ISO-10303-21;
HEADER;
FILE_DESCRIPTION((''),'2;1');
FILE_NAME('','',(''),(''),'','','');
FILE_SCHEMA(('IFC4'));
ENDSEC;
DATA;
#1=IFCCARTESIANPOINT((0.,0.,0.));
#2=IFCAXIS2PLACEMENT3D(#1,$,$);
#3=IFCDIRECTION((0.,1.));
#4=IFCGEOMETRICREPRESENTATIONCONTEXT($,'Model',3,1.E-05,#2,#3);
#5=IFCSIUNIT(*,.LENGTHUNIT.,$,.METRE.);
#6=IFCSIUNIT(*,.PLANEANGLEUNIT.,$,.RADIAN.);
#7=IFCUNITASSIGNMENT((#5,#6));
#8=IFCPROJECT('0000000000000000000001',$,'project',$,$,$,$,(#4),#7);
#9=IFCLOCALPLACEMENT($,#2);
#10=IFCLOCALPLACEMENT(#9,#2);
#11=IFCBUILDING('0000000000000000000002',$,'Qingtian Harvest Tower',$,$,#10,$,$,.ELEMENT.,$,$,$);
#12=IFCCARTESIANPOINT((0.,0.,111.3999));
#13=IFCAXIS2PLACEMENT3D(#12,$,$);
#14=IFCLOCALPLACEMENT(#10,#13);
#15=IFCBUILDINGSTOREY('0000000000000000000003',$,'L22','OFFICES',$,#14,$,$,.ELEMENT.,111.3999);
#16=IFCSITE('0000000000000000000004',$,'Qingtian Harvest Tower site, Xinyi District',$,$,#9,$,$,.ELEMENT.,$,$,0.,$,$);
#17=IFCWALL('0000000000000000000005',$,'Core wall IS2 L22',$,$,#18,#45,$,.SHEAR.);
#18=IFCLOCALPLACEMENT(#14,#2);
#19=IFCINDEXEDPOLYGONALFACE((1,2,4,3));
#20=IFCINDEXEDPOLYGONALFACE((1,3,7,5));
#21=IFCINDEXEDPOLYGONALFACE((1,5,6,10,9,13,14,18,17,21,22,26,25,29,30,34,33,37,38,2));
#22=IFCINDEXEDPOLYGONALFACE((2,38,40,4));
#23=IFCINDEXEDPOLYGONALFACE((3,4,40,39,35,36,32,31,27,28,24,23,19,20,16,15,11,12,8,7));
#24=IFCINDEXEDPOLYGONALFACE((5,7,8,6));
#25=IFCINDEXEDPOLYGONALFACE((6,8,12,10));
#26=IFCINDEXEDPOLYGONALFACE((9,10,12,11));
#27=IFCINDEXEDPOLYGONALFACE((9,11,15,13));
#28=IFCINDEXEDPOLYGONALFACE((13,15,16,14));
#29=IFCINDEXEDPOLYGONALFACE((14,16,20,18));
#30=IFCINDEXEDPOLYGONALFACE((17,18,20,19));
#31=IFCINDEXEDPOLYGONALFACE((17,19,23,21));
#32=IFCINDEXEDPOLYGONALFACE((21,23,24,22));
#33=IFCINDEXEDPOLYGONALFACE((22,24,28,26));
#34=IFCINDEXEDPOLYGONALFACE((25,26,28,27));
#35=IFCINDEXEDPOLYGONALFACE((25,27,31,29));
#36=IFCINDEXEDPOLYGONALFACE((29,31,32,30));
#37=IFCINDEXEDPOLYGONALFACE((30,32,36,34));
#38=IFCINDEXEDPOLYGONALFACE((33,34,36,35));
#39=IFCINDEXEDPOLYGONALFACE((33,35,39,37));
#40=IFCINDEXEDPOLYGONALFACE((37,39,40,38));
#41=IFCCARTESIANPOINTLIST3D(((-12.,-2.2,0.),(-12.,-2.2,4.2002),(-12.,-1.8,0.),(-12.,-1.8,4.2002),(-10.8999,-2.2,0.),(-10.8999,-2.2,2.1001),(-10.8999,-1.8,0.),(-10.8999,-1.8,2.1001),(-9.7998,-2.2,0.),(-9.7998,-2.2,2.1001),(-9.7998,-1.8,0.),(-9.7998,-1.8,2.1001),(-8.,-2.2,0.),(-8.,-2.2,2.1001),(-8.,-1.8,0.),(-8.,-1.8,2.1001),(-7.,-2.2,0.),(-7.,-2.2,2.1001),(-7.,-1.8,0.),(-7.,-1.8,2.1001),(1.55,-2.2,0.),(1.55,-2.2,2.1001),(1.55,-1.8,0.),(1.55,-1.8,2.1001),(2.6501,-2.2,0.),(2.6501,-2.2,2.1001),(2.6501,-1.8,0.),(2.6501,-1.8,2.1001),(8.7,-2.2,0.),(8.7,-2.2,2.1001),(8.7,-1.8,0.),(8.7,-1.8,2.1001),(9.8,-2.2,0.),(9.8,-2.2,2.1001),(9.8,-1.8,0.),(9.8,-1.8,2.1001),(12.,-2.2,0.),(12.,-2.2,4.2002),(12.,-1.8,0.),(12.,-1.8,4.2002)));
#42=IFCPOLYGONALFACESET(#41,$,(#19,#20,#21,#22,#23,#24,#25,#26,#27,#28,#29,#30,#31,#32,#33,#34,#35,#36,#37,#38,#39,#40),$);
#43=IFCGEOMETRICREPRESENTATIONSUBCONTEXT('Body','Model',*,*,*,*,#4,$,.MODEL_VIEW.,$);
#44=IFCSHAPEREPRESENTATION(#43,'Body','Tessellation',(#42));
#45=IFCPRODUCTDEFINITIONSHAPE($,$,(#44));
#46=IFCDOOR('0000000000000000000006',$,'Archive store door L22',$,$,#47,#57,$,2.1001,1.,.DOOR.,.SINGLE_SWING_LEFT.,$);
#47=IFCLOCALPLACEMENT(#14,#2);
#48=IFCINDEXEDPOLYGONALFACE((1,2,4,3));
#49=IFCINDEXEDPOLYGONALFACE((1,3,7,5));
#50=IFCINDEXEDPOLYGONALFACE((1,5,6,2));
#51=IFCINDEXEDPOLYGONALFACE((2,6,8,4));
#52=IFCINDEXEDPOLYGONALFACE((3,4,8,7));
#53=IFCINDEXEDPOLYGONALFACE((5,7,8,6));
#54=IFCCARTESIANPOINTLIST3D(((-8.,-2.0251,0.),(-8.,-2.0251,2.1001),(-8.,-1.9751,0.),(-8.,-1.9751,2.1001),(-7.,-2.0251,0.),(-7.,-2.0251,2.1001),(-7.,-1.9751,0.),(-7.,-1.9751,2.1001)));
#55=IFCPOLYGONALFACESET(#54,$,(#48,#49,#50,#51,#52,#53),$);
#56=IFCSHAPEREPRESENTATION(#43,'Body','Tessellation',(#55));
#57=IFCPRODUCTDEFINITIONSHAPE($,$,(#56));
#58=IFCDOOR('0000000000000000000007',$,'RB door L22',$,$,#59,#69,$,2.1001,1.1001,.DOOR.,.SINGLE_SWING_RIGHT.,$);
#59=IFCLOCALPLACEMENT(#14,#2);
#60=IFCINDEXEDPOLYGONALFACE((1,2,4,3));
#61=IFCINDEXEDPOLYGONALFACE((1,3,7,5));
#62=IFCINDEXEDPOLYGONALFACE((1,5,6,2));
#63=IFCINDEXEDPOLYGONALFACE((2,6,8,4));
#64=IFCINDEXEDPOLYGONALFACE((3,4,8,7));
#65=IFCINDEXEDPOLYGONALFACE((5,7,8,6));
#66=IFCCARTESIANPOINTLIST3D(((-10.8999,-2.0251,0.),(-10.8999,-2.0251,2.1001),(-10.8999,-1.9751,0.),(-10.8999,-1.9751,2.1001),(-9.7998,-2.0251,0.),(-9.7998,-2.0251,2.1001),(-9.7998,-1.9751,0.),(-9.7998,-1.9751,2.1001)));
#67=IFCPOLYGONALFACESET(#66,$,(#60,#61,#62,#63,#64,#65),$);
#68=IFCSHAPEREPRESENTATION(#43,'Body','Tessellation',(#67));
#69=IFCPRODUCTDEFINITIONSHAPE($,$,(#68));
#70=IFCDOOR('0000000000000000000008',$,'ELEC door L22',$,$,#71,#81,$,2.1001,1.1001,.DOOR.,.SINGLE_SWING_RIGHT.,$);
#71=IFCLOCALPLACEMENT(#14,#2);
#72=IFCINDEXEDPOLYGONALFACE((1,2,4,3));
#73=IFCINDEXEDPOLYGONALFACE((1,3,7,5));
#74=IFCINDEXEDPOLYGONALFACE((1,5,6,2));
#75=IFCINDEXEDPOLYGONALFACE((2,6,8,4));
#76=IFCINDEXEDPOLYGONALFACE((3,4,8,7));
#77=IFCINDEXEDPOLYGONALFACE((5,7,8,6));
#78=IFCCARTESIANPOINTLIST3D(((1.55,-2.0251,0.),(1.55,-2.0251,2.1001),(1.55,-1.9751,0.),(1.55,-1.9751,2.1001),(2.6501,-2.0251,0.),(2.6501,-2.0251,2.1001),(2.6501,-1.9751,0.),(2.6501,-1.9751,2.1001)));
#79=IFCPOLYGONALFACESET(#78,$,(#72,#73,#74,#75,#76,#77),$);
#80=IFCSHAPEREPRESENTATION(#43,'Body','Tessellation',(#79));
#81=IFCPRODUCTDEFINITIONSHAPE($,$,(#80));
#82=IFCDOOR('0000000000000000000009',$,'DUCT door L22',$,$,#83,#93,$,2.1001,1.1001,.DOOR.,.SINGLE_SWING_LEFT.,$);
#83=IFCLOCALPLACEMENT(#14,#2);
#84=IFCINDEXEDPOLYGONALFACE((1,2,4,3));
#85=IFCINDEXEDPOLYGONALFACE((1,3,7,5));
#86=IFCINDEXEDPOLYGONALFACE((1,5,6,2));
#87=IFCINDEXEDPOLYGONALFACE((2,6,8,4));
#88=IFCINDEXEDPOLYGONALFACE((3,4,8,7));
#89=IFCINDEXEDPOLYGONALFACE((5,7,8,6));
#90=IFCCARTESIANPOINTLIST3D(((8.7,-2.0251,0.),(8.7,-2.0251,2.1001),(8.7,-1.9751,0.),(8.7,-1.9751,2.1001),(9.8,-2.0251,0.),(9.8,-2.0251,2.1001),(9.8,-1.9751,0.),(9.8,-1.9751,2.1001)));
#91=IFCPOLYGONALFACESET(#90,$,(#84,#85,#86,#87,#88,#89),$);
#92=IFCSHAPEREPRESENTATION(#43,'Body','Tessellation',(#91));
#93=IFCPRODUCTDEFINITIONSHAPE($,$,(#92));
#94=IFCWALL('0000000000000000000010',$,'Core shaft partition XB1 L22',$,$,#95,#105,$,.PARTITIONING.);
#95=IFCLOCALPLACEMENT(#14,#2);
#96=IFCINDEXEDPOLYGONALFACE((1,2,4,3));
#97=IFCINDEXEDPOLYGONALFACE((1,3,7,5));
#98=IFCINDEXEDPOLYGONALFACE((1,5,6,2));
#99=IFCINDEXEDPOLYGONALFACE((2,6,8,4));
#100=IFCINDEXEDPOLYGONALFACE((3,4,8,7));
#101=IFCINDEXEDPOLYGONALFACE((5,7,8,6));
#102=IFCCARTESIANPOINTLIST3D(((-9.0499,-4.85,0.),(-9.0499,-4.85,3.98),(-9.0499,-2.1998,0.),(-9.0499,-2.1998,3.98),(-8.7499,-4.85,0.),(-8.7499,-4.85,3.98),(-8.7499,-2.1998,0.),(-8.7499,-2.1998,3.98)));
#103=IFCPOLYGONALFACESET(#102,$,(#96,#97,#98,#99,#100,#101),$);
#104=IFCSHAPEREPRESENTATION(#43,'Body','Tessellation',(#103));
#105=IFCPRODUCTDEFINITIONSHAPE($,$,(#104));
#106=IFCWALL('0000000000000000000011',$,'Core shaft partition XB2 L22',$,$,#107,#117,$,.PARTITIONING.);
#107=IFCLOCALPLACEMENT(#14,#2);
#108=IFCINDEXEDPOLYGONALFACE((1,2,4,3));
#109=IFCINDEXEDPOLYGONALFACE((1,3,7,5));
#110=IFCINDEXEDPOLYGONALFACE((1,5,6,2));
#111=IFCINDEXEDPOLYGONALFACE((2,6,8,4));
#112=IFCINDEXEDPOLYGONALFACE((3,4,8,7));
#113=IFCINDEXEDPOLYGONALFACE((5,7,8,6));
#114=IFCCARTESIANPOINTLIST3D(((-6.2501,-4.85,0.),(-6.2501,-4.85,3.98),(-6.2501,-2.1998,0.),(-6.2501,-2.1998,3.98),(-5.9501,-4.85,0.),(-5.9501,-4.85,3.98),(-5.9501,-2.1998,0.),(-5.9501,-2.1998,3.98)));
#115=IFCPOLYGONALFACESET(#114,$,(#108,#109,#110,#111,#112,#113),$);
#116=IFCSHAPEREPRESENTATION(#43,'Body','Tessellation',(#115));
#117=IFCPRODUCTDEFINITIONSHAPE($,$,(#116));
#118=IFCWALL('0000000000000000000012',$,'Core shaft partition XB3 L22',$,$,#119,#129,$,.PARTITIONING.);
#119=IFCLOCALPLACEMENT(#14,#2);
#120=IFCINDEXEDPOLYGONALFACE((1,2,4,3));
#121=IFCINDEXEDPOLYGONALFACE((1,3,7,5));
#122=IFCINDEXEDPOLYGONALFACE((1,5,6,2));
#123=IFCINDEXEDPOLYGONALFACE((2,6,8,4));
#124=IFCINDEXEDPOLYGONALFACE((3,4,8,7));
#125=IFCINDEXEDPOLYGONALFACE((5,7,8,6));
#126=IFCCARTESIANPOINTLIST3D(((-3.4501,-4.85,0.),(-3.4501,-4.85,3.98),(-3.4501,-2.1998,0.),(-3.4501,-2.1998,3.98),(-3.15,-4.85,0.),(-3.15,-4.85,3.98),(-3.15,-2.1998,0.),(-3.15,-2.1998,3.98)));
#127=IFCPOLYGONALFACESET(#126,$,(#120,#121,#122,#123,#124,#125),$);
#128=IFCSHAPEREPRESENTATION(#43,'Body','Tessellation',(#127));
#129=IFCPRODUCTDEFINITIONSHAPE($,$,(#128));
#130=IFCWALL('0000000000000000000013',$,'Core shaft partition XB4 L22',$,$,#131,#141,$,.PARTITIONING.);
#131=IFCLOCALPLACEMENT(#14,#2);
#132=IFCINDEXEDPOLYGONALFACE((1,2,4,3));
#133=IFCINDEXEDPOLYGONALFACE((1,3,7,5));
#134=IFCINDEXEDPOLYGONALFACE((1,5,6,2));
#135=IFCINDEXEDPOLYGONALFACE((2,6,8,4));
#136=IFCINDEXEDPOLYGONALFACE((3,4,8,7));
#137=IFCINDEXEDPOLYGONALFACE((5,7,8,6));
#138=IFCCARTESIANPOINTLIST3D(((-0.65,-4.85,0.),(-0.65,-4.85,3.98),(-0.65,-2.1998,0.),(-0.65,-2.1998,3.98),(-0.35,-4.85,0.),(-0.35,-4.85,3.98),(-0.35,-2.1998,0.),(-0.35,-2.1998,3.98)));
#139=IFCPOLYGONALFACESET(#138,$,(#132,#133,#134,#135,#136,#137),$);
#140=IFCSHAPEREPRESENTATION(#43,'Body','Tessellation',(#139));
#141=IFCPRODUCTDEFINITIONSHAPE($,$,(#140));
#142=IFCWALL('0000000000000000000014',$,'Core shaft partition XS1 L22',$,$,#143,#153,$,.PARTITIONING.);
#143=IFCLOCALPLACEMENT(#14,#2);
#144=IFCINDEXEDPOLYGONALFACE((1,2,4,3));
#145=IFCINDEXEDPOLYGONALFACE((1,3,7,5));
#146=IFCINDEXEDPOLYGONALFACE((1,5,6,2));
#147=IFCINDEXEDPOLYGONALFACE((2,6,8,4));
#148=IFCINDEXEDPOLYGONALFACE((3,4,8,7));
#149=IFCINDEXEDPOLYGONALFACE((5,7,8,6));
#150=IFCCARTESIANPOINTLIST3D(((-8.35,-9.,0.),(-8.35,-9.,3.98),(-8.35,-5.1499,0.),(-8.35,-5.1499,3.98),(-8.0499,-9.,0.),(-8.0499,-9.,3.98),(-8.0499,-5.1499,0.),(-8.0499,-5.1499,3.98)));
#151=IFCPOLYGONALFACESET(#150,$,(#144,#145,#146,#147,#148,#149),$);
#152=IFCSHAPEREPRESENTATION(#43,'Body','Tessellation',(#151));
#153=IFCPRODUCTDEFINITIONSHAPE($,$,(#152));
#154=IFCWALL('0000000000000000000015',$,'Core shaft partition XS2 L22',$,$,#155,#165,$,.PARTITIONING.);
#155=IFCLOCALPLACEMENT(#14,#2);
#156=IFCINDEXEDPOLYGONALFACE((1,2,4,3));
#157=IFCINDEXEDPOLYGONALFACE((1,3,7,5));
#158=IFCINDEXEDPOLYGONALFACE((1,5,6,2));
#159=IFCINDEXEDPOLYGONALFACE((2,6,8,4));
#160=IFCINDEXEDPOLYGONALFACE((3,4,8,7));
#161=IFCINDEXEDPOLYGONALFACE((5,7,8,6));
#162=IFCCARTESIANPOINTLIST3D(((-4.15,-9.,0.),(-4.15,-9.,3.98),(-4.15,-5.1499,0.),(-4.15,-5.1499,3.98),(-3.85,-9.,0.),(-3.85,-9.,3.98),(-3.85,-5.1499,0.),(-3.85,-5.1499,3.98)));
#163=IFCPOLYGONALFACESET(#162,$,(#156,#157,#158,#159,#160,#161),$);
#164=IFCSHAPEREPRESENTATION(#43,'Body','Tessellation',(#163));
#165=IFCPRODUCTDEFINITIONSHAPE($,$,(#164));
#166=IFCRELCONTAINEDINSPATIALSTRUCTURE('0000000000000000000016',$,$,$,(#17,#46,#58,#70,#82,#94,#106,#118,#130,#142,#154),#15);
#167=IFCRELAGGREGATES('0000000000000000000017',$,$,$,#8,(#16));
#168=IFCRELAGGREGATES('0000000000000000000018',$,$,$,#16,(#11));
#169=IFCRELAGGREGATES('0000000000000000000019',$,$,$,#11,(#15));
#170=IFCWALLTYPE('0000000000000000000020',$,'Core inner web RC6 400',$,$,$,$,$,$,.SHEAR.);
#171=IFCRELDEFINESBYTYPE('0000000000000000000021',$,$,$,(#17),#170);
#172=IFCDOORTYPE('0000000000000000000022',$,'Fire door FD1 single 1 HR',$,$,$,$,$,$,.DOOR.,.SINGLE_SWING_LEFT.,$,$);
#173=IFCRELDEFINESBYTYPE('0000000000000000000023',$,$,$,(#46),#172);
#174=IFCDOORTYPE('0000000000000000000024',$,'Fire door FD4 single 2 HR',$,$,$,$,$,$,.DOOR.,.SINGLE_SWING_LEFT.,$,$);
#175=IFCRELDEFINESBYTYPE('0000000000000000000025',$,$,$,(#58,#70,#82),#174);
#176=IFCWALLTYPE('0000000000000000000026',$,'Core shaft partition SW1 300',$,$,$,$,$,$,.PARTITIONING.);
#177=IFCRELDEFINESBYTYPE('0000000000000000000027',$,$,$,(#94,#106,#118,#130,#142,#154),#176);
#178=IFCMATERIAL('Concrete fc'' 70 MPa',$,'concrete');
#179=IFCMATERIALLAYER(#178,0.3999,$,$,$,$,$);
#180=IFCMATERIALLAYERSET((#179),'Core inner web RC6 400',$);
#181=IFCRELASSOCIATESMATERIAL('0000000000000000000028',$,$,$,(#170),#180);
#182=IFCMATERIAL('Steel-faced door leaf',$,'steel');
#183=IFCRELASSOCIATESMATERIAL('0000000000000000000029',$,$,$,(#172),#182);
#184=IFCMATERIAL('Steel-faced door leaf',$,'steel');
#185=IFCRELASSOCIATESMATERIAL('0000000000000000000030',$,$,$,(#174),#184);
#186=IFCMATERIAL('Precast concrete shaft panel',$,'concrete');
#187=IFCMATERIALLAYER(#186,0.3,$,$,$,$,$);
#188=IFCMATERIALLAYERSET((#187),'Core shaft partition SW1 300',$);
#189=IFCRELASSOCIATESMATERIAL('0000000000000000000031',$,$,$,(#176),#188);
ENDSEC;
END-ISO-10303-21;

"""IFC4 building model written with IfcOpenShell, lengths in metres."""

from ifc_helpers import new_model, si_unit, direction, frame, frame_2d, origin, place, context, subcontext, project, spatial, rectangle, extrude, material, layer, layer_set, type_object, element, fill, save


model = new_model("IFC4")

# Units and contexts
model_context = context("Model", 3, precision=1e-05, world=origin(), true_north=direction((0.0, 1.0)))
body_context = subcontext(model_context, "Body", "Model", "MODEL_VIEW")
ifc_project = project(units=[si_unit("LENGTHUNIT", "METRE"), si_unit("PLANEANGLEUNIT", "RADIAN")], contexts=[model_context])

# Site, building, storey
site_placement = place(None, origin())
site = spatial("IfcSite", under=ifc_project, at=site_placement, Name="Qingtian Harvest Tower site, Xinyi District", CompositionType="ELEMENT", RefElevation=0.0)
building_placement = place(site_placement, origin())
building = spatial("IfcBuilding", under=site, at=building_placement, Name="Qingtian Harvest Tower", CompositionType="ELEMENT")
storey_placement = place(building_placement, frame((0.0, 0.0, 111.3999)))
storey = spatial("IfcBuildingStorey", under=building, at=storey_placement, Name="L22", Description="OFFICES", CompositionType="ELEMENT", Elevation=111.3999)

# Wall, openings, doors
ifc_material_1 = material(Name="Concrete fc' 70 MPa", Category="concrete")
ifc_layer_1 = layer(ifc_material_1, 0.3999)
ifc_layer_set_1 = layer_set([ifc_layer_1], Name="Core inner web RC6 400")
wall_type_1 = type_object("IfcWallType", Name="Core inner web RC6 400", PredefinedType="SHEAR", material=ifc_layer_set_1)
wall_1_placement = place(storey_placement, frame((-12.0, -2.0, 0.0), z_axis=(0.0, 0.0, 1.0), x_axis=(1.0, 0.0, 0.0)))
wall_1 = element("IfcWall", 1, at=wall_1_placement, inside=storey, type_object=wall_type_1, Name="Core wall IS2 L22", PredefinedType="SHEAR", context=body_context, shape_type="SweptSolid", body=[
    extrude(rectangle(XDim=24.0, YDim=0.3999, at=frame_2d((12.0, 0.0))), origin(), (0.0, 0.0, 1.0), 4.2002),
])
opening_1_placement = place(wall_1_placement, frame((1.1001, 0.0, 0.0)))
opening_1 = element("IfcOpeningElement", 2, at=opening_1_placement, cuts=wall_1, PredefinedType="OPENING", context=body_context, shape_type="SweptSolid", body=[
    extrude(rectangle(XDim=1.1001, YDim=2.1001, at=frame_2d((0.55, 1.05))), frame((0.0, 0.21, 0.0), z_axis=(0.0, -1.0, 0.0), x_axis=(1.0, 0.0, 0.0)), (0.0, 0.0, 1.0), 0.4199),
])
opening_2_placement = place(wall_1_placement, frame((13.55, 0.0, 0.0)))
opening_2 = element("IfcOpeningElement", 3, at=opening_2_placement, cuts=wall_1, PredefinedType="OPENING", context=body_context, shape_type="SweptSolid", body=[
    extrude(rectangle(XDim=1.1001, YDim=2.1001, at=frame_2d((0.55, 1.05))), frame((0.0, 0.21, 0.0), z_axis=(0.0, -1.0, 0.0), x_axis=(1.0, 0.0, 0.0)), (0.0, 0.0, 1.0), 0.4199),
])
opening_3_placement = place(wall_1_placement, frame((20.7, 0.0, 0.0)))
opening_3 = element("IfcOpeningElement", 4, at=opening_3_placement, cuts=wall_1, PredefinedType="OPENING", context=body_context, shape_type="SweptSolid", body=[
    extrude(rectangle(XDim=1.1001, YDim=2.1001, at=frame_2d((0.55, 1.05))), frame((0.0, 0.21, 0.0), z_axis=(0.0, -1.0, 0.0), x_axis=(1.0, 0.0, 0.0)), (0.0, 0.0, 1.0), 0.4199),
])
opening_4_placement = place(wall_1_placement, frame((4.0, 0.0, 0.0)))
opening_4 = element("IfcOpeningElement", 5, at=opening_4_placement, cuts=wall_1, PredefinedType="OPENING", context=body_context, shape_type="SweptSolid", body=[
    extrude(rectangle(XDim=1.0, YDim=2.1001, at=frame_2d((0.5, 1.05))), frame((0.0, 0.21, 0.0), z_axis=(0.0, -1.0, 0.0), x_axis=(1.0, 0.0, 0.0)), (0.0, 0.0, 1.0), 0.4199),
])
ifc_material_2 = material(Name="Steel-faced door leaf", Category="steel")
door_type_1 = type_object("IfcDoorType", Name="Fire door FD1 single 1 HR", OperationType="SINGLE_SWING_LEFT", PredefinedType="DOOR", material=ifc_material_2)
door_1_placement = place(opening_4_placement, origin())
door_1 = element("IfcDoor", 6, at=door_1_placement, inside=storey, type_object=door_type_1, Name="Archive store door L22", OperationType="SINGLE_SWING_LEFT", OverallHeight=2.1001, OverallWidth=1.0, PredefinedType="DOOR", context=body_context, shape_type="SweptSolid", body=[
    extrude(rectangle(XDim=1.0, YDim=2.1001, at=frame_2d((0.5, 1.05))), frame((0.0, 0.0249, 0.0), z_axis=(0.0, -1.0, 0.0), x_axis=(1.0, 0.0, 0.0)), (0.0, 0.0, 1.0), 0.05),
])
fill(opening_4, door_1)
ifc_material_3 = material(Name="Steel-faced door leaf", Category="steel")
door_type_2 = type_object("IfcDoorType", Name="Fire door FD4 single 2 HR", OperationType="SINGLE_SWING_LEFT", PredefinedType="DOOR", material=ifc_material_3)
door_2_placement = place(opening_1_placement, origin())
door_2 = element("IfcDoor", 7, at=door_2_placement, inside=storey, type_object=door_type_2, Name="RB door L22", OperationType="SINGLE_SWING_RIGHT", OverallHeight=2.1001, OverallWidth=1.1001, PredefinedType="DOOR", context=body_context, shape_type="SweptSolid", body=[
    extrude(rectangle(XDim=1.1001, YDim=2.1001, at=frame_2d((0.55, 1.05))), frame((0.0, 0.0249, 0.0), z_axis=(0.0, -1.0, 0.0), x_axis=(1.0, 0.0, 0.0)), (0.0, 0.0, 1.0), 0.05),
])
fill(opening_1, door_2)
door_3_placement = place(opening_2_placement, origin())
door_3 = element("IfcDoor", 8, at=door_3_placement, inside=storey, type_object=door_type_2, Name="ELEC door L22", OperationType="SINGLE_SWING_RIGHT", OverallHeight=2.1001, OverallWidth=1.1001, PredefinedType="DOOR", context=body_context, shape_type="SweptSolid", body=[
    extrude(rectangle(XDim=1.1001, YDim=2.1001, at=frame_2d((0.55, 1.05))), frame((0.0, 0.0249, 0.0), z_axis=(0.0, -1.0, 0.0), x_axis=(1.0, 0.0, 0.0)), (0.0, 0.0, 1.0), 0.05),
])
fill(opening_2, door_3)
door_4_placement = place(opening_3_placement, origin())
door_4 = element("IfcDoor", 9, at=door_4_placement, inside=storey, type_object=door_type_2, Name="DUCT door L22", OperationType="SINGLE_SWING_LEFT", OverallHeight=2.1001, OverallWidth=1.1001, PredefinedType="DOOR", context=body_context, shape_type="SweptSolid", body=[
    extrude(rectangle(XDim=1.1001, YDim=2.1001, at=frame_2d((0.55, 1.05))), frame((0.0, 0.0249, 0.0), z_axis=(0.0, -1.0, 0.0), x_axis=(1.0, 0.0, 0.0)), (0.0, 0.0, 1.0), 0.05),
])
fill(opening_3, door_4)

# Walls
ifc_material_4 = material(Name="Precast concrete shaft panel", Category="concrete")
ifc_layer_2 = layer(ifc_material_4, 0.3)
ifc_layer_set_2 = layer_set([ifc_layer_2], Name="Core shaft partition SW1 300")
wall_type_2 = type_object("IfcWallType", Name="Core shaft partition SW1 300", PredefinedType="PARTITIONING", material=ifc_layer_set_2)
for number, where, z_axis, x_axis, name in (
    (10, (-8.8999, -4.8501, 0.0), (0.0, 0.0, 1.0), (0.0, 1.0, 0.0), "Core shaft partition XB1 L22"),
    (11, (-6.1001, -4.8501, 0.0), (0.0, 0.0, 1.0), (0.0, 1.0, 0.0), "Core shaft partition XB2 L22"),
    (12, (-3.3, -4.8501, 0.0), (0.0, 0.0, 1.0), (0.0, 1.0, 0.0), "Core shaft partition XB3 L22"),
    (13, (-0.5, -4.8501, 0.0), (0.0, 0.0, 1.0), (0.0, 1.0, 0.0), "Core shaft partition XB4 L22"),
):
    element("IfcWall", number, at=place(storey_placement, frame(where, z_axis=z_axis, x_axis=x_axis)), inside=storey, type_object=wall_type_2, Name=name, PredefinedType="PARTITIONING", context=body_context, shape_type="SweptSolid", body=[
        extrude(rectangle(XDim=2.6501, YDim=0.3, at=frame_2d((1.3252, 0.0))), origin(), (0.0, 0.0, 1.0), 3.98),
    ])
for number, where, z_axis, x_axis, name in (
    (14, (-8.2, -9.0, 0.0), (0.0, 0.0, 1.0), (0.0, 1.0, 0.0), "Core shaft partition XS1 L22"),
    (15, (-4.0, -9.0, 0.0), (0.0, 0.0, 1.0), (0.0, 1.0, 0.0), "Core shaft partition XS2 L22"),
):
    element("IfcWall", number, at=place(storey_placement, frame(where, z_axis=z_axis, x_axis=x_axis)), inside=storey, type_object=wall_type_2, Name=name, PredefinedType="PARTITIONING", context=body_context, shape_type="SweptSolid", body=[
        extrude(rectangle(XDim=3.8501, YDim=0.3, at=frame_2d((1.925, 0.0))), origin(), (0.0, 0.0, 1.0), 3.98),
    ])

save(model, "model.ifc")
